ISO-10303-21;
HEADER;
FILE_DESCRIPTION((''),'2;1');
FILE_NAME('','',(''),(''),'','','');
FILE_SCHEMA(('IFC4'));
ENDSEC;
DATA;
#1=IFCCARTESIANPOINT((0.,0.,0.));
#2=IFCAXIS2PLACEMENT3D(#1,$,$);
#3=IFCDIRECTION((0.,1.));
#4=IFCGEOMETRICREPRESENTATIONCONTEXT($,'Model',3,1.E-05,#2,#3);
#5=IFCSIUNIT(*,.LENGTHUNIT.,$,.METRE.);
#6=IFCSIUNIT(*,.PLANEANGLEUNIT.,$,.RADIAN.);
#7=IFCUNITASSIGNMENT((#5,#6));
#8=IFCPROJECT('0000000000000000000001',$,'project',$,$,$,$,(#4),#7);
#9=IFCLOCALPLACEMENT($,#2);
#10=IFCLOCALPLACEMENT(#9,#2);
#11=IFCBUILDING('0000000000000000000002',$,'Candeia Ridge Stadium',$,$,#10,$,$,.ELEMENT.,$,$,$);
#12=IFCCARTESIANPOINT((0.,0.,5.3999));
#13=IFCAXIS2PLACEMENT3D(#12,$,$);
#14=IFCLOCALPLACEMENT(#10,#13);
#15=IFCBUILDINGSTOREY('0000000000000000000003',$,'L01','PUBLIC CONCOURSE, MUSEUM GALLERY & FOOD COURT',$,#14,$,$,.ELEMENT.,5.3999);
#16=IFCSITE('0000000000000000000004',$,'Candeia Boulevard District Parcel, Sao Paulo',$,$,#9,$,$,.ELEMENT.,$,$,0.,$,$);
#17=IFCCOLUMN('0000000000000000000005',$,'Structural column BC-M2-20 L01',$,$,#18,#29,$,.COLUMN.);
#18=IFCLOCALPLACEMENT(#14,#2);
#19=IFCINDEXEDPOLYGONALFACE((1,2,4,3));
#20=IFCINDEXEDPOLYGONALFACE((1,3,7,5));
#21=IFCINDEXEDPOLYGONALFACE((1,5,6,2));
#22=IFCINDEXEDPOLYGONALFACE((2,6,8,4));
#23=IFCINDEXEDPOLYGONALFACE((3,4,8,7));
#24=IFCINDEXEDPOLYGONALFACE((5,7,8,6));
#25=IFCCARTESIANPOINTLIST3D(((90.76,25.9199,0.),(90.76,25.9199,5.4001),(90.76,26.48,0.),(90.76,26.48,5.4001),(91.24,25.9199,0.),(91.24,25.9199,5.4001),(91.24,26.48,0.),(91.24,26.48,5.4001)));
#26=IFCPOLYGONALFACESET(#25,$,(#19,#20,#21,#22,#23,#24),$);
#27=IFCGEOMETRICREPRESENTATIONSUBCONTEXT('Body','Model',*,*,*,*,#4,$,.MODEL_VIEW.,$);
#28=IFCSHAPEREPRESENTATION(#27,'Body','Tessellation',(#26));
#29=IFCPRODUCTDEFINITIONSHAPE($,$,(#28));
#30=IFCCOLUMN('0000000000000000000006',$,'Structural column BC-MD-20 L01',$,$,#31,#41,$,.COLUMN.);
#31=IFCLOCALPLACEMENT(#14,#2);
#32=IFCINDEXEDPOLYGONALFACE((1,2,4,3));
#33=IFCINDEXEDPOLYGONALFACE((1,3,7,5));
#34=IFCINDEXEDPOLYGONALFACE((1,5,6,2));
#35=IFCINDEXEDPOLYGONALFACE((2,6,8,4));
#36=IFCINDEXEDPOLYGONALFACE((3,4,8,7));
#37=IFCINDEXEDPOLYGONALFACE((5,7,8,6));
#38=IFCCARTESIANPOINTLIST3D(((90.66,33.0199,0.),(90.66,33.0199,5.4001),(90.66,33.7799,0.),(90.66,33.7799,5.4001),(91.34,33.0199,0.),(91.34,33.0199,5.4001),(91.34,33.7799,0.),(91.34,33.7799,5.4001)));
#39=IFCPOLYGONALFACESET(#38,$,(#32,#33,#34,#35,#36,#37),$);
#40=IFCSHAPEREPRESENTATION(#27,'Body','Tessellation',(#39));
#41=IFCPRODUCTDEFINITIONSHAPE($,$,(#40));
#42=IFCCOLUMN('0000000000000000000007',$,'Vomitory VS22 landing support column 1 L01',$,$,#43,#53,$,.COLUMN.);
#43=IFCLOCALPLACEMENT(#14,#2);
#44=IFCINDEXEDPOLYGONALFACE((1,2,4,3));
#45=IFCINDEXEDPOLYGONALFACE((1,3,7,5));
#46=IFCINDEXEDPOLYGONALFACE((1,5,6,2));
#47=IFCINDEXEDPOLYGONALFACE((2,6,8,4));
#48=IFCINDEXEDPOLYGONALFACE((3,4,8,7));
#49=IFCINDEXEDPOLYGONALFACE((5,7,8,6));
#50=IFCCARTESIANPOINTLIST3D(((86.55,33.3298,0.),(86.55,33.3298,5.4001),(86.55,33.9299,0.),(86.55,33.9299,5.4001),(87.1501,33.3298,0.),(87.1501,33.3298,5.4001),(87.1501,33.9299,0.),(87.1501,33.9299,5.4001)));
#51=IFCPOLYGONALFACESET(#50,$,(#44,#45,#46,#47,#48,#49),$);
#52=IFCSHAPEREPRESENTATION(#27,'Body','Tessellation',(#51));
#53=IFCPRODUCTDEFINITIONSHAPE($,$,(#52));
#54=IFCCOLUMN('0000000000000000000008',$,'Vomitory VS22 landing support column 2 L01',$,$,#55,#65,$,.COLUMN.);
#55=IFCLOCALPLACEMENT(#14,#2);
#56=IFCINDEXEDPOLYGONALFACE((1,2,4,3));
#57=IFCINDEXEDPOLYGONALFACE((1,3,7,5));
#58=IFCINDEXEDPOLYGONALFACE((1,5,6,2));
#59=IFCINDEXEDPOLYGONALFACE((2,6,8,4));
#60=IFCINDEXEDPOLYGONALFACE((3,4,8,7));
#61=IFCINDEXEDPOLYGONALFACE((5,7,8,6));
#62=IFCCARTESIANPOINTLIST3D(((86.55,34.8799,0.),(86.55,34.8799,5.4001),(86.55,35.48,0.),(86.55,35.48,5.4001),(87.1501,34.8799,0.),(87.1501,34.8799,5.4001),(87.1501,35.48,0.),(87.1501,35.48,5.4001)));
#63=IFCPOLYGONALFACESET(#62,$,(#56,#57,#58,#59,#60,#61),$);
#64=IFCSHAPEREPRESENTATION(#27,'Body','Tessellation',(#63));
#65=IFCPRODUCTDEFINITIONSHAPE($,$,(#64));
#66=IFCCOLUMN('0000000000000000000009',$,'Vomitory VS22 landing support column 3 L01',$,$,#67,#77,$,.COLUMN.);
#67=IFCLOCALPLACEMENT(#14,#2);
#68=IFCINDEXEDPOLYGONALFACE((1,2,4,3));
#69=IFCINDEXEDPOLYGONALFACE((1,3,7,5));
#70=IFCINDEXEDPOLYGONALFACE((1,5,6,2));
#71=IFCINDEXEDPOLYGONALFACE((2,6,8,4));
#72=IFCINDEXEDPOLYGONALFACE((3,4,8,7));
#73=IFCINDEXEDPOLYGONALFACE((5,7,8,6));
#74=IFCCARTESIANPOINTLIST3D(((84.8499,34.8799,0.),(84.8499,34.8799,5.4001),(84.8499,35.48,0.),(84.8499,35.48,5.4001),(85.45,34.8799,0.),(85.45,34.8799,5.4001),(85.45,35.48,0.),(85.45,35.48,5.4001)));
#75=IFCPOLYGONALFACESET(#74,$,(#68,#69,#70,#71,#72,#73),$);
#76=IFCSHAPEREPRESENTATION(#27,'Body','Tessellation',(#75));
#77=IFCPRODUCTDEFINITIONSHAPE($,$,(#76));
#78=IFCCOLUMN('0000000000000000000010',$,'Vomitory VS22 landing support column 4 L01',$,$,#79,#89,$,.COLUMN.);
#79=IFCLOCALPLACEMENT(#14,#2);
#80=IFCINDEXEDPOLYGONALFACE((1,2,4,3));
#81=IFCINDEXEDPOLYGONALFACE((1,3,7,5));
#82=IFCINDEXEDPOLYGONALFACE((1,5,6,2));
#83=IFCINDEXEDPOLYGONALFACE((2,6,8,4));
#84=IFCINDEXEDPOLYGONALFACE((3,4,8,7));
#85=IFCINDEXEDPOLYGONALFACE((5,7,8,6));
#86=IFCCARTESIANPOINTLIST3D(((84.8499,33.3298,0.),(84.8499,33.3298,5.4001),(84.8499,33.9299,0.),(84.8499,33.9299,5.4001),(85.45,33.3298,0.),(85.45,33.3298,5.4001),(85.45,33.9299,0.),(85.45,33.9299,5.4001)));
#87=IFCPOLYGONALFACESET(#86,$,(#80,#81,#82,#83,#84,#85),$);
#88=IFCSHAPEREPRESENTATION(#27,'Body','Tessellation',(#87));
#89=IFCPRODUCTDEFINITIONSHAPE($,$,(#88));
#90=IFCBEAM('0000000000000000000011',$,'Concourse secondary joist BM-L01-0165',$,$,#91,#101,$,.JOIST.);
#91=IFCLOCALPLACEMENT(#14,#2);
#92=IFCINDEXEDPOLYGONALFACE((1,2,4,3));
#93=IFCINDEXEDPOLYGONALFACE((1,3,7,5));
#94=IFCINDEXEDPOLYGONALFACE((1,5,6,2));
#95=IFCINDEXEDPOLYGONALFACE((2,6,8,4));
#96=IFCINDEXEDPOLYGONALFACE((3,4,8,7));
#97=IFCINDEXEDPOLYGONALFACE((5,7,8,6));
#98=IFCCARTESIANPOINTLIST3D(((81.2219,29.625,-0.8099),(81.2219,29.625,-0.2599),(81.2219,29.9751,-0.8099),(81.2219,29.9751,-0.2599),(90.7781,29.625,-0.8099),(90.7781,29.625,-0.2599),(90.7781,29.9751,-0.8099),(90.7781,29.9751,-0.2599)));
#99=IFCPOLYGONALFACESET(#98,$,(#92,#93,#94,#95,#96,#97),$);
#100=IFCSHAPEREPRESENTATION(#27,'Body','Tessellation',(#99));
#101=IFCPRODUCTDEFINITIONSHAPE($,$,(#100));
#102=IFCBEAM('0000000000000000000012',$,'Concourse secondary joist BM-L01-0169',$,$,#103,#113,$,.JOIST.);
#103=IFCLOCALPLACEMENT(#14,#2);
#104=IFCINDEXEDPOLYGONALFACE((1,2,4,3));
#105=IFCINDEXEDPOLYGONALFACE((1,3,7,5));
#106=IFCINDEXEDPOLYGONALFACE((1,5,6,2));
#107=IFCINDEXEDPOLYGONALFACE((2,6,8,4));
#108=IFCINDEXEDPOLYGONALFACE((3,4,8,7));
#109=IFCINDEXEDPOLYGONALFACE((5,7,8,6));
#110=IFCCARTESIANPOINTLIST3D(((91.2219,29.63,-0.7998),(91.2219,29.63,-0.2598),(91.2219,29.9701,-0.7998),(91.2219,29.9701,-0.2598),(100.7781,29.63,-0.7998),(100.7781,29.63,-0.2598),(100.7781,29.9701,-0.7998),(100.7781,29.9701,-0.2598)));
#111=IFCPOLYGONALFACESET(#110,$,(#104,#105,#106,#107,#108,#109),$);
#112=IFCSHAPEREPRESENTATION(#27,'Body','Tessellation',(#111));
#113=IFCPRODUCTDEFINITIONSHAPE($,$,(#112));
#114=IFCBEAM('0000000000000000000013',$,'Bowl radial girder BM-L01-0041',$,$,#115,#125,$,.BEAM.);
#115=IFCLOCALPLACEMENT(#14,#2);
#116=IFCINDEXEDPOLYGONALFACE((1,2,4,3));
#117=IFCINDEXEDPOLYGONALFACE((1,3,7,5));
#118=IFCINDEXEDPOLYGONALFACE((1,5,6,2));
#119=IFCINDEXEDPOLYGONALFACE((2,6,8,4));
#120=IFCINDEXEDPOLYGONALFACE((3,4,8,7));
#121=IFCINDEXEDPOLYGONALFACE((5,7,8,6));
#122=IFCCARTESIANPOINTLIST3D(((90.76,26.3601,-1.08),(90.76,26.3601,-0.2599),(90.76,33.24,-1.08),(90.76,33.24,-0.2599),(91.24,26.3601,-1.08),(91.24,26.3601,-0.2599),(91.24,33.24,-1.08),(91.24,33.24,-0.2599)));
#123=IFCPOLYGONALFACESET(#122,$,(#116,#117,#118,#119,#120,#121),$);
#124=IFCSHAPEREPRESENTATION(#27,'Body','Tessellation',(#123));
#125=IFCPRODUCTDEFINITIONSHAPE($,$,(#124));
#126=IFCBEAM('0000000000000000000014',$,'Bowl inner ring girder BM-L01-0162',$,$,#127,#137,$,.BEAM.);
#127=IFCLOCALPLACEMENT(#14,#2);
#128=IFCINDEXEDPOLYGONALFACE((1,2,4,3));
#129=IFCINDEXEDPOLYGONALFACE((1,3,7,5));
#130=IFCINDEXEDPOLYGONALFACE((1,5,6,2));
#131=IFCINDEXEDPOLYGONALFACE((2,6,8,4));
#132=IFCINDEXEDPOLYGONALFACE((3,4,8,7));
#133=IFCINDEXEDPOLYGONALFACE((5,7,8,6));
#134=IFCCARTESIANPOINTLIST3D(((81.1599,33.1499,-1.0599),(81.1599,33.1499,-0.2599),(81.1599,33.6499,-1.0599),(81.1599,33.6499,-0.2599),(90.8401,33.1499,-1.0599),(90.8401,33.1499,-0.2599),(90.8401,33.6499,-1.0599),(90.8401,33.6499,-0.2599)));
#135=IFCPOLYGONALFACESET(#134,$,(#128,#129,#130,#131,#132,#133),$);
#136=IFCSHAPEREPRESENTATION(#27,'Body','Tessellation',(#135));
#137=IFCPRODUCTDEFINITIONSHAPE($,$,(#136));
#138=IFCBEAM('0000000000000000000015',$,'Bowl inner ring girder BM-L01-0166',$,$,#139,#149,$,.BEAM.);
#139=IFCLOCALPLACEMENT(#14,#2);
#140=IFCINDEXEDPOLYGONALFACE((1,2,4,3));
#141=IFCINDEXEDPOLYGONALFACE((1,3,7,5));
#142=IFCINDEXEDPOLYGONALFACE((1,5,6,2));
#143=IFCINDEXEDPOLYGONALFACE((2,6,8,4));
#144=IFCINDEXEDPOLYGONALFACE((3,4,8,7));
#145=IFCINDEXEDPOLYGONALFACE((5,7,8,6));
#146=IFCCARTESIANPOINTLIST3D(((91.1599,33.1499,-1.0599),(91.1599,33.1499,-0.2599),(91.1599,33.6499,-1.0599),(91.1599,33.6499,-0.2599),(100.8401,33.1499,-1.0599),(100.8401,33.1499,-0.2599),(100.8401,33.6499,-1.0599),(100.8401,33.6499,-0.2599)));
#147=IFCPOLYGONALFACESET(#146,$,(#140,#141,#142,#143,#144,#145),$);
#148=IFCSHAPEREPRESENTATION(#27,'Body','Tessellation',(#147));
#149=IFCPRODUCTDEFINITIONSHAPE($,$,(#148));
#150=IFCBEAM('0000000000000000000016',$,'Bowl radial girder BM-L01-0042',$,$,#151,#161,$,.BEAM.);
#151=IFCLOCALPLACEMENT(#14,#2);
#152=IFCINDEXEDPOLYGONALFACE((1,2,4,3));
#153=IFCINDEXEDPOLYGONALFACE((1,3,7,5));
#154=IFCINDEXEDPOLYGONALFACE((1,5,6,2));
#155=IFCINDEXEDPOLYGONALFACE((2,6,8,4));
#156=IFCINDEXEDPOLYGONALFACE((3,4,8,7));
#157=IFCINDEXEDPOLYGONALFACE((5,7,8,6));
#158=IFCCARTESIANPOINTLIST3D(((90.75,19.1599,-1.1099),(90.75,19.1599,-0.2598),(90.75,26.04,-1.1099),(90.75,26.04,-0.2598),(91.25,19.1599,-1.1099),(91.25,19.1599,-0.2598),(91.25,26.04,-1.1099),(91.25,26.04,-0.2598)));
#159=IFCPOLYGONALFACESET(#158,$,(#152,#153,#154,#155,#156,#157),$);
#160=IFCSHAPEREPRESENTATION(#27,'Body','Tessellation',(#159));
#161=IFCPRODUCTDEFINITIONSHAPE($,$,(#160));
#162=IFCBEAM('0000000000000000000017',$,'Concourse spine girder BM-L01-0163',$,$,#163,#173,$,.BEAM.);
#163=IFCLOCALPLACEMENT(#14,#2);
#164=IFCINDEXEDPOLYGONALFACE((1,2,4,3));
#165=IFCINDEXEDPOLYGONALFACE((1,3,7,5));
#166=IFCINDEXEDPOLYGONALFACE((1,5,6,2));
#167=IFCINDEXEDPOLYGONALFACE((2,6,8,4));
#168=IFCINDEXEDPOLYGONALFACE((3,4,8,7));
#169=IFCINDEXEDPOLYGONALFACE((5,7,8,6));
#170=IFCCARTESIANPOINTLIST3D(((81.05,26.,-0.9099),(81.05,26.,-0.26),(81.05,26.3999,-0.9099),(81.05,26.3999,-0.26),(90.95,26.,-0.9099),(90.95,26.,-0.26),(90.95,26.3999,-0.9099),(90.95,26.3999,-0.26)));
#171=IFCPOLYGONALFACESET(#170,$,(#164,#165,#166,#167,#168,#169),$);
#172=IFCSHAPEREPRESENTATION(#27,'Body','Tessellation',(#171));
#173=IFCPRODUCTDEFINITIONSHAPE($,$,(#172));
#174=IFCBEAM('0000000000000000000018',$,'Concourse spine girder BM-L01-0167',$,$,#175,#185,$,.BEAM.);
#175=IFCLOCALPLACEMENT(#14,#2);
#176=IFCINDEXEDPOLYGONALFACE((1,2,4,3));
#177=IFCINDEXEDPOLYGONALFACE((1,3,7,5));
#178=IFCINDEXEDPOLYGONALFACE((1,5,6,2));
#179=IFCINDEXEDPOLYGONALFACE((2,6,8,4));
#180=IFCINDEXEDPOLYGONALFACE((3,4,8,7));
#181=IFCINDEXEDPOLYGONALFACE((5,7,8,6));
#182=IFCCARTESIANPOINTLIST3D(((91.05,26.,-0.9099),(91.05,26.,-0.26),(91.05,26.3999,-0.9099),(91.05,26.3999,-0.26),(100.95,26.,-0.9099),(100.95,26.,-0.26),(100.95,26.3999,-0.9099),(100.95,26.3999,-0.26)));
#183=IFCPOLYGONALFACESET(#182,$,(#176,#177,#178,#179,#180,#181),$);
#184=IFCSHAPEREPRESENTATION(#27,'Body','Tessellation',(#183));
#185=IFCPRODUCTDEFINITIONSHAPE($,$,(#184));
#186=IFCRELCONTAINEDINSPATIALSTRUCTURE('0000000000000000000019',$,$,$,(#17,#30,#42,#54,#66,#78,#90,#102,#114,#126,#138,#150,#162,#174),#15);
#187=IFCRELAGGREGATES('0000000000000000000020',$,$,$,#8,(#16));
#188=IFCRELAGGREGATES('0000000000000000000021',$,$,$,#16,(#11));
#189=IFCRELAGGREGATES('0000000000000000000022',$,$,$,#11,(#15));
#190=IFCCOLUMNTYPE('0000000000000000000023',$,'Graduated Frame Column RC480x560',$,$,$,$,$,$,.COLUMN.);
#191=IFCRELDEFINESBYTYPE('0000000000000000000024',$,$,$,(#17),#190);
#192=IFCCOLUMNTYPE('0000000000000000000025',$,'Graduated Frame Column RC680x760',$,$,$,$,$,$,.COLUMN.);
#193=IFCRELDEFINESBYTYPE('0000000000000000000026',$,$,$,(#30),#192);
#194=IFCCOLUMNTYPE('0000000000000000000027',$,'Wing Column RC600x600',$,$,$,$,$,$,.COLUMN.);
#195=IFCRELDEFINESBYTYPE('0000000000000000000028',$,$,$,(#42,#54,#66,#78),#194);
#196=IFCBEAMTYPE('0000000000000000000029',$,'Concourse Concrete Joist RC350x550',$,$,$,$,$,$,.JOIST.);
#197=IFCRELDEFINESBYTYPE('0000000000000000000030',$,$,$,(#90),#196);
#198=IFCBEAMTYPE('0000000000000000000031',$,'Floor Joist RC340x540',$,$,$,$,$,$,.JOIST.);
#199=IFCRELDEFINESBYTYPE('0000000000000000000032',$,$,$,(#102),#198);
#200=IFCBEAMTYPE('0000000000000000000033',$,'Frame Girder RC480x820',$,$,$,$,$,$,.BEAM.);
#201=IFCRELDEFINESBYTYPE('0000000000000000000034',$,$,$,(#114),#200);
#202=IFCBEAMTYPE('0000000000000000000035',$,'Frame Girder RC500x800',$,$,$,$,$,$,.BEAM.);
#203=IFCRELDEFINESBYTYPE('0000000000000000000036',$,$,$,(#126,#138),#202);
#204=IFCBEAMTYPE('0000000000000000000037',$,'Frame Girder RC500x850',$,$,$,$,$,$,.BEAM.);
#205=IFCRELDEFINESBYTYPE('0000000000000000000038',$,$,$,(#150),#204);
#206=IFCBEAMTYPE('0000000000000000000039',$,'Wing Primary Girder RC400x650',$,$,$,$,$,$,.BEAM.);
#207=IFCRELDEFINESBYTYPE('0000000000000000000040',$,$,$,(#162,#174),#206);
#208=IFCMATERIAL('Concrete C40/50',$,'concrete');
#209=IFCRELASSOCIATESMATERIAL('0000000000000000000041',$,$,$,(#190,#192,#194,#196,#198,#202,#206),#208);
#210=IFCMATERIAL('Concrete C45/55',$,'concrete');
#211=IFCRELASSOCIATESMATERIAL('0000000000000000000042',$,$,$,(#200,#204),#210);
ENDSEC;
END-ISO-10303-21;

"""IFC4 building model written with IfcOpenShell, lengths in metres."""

from ifc_helpers import new_model, si_unit, direction, frame, origin, origin_2d, place, context, subcontext, project, spatial, rectangle, extrude, material, material_profile, profile_set, type_object, element, save


model = new_model("IFC4")

# Units and contexts
model_context = context("Model", 3, precision=1e-05, world=origin(), true_north=direction((0.0, 1.0)))
body_context = subcontext(model_context, "Body", "Model", "MODEL_VIEW")
ifc_project = project(units=[si_unit("LENGTHUNIT", "METRE"), si_unit("PLANEANGLEUNIT", "RADIAN")], contexts=[model_context])

# Site, building, storey
site_placement = place(None, origin())
site = spatial("IfcSite", under=ifc_project, at=site_placement, Name="Candeia Boulevard District Parcel, Sao Paulo", CompositionType="ELEMENT", RefElevation=0.0)
building_placement = place(site_placement, origin())
building = spatial("IfcBuilding", under=site, at=building_placement, Name="Candeia Ridge Stadium", CompositionType="ELEMENT")
storey_placement = place(building_placement, frame((0.0, 0.0, 5.3999)))
storey = spatial("IfcBuildingStorey", under=building, at=storey_placement, Name="L01", Description="PUBLIC CONCOURSE, MUSEUM GALLERY & FOOD COURT", CompositionType="ELEMENT", Elevation=5.3999)

# Columns
ifc_material_1 = material(Name="Concrete C40/50", Category="concrete")
ifc_material_profile_1 = material_profile(ifc_material_1, rectangle(XDim=0.48, YDim=0.5601, at=origin_2d()), Name="RC480x560", Category="concrete")
ifc_profile_set_1 = profile_set([ifc_material_profile_1], Name="Concrete C40/50")
column_type_1 = type_object("IfcColumnType", Name="Graduated Frame Column RC480x560", PredefinedType="COLUMN", material=ifc_profile_set_1)
column_1_placement = place(storey_placement, frame((91.0, 26.2, 0.0), z_axis=(0.0, 0.0, 1.0), x_axis=(1.0, 0.0, 0.0)))
element("IfcColumn", 1, at=column_1_placement, inside=storey, type_object=column_type_1, Name="Structural column BC-M2-20 L01", PredefinedType="COLUMN", context=body_context, shape_type="SweptSolid", body=[
    extrude(rectangle(XDim=0.48, YDim=0.5601, at=origin_2d()), origin(), (0.0, 0.0, 1.0), 5.4001),
])
ifc_material_profile_2 = material_profile(ifc_material_1, rectangle(XDim=0.6799, YDim=0.76, at=origin_2d()), Name="RC680x760", Category="concrete")
ifc_profile_set_2 = profile_set([ifc_material_profile_2], Name="Concrete C40/50")
column_type_2 = type_object("IfcColumnType", Name="Graduated Frame Column RC680x760", PredefinedType="COLUMN", material=ifc_profile_set_2)
column_2_placement = place(storey_placement, frame((91.0, 33.3999, 0.0), z_axis=(0.0, 0.0, 1.0), x_axis=(1.0, 0.0, 0.0)))
element("IfcColumn", 2, at=column_2_placement, inside=storey, type_object=column_type_2, Name="Structural column BC-MD-20 L01", PredefinedType="COLUMN", context=body_context, shape_type="SweptSolid", body=[
    extrude(rectangle(XDim=0.6799, YDim=0.76, at=origin_2d()), origin(), (0.0, 0.0, 1.0), 5.4001),
])
ifc_material_profile_3 = material_profile(ifc_material_1, rectangle(XDim=0.6001, YDim=0.6001, at=origin_2d()), Name="RC600x600", Category="concrete")
ifc_profile_set_3 = profile_set([ifc_material_profile_3], Name="Concrete C40/50")
column_type_3 = type_object("IfcColumnType", Name="Wing Column RC600x600", PredefinedType="COLUMN", material=ifc_profile_set_3)
for number, where, z_axis, x_axis, name in (
    (3, (86.8501, 33.6299, 0.0), (0.0, 0.0, 1.0), (1.0, 0.0, 0.0), "Vomitory VS22 landing support column 1 L01"),
    (4, (86.8501, 35.1799, 0.0), (0.0, 0.0, 1.0), (1.0, 0.0, 0.0), "Vomitory VS22 landing support column 2 L01"),
    (5, (85.1499, 35.1799, 0.0), (0.0, 0.0, 1.0), (1.0, 0.0, 0.0), "Vomitory VS22 landing support column 3 L01"),
    (6, (85.1499, 33.6299, 0.0), (0.0, 0.0, 1.0), (1.0, 0.0, 0.0), "Vomitory VS22 landing support column 4 L01"),
):
    element("IfcColumn", number, at=place(storey_placement, frame(where, z_axis=z_axis, x_axis=x_axis)), inside=storey, type_object=column_type_3, Name=name, PredefinedType="COLUMN", context=body_context, shape_type="SweptSolid", body=[
        extrude(rectangle(XDim=0.6001, YDim=0.6001, at=origin_2d()), origin(), (0.0, 0.0, 1.0), 5.4001),
    ])

# Beams
ifc_material_profile_4 = material_profile(ifc_material_1, rectangle(XDim=0.3501, YDim=0.55, at=origin_2d()), Name="RC350x550", Category="concrete")
ifc_profile_set_4 = profile_set([ifc_material_profile_4], Name="Concrete C40/50")
beam_type_1 = type_object("IfcBeamType", Name="Concourse Concrete Joist RC350x550", PredefinedType="JOIST", material=ifc_profile_set_4)
beam_1_placement = place(storey_placement, frame((81.2219, 29.8, -0.5349), z_axis=(1.0, 0.0, 0.0), x_axis=(0.0, 1.0, 0.0)))
element("IfcBeam", 7, at=beam_1_placement, inside=storey, type_object=beam_type_1, Name="Concourse secondary joist BM-L01-0165", PredefinedType="JOIST", context=body_context, shape_type="SweptSolid", body=[
    extrude(rectangle(XDim=0.3501, YDim=0.55, at=origin_2d()), origin(), (0.0, 0.0, 1.0), 9.5562),
])
ifc_material_profile_5 = material_profile(ifc_material_1, rectangle(XDim=0.3401, YDim=0.54, at=origin_2d()), Name="RC340x540", Category="concrete")
ifc_profile_set_5 = profile_set([ifc_material_profile_5], Name="Concrete C40/50")
beam_type_2 = type_object("IfcBeamType", Name="Floor Joist RC340x540", PredefinedType="JOIST", material=ifc_profile_set_5)
beam_2_placement = place(storey_placement, frame((91.2219, 29.8, -0.5298), z_axis=(1.0, 0.0, 0.0), x_axis=(0.0, 1.0, 0.0)))
element("IfcBeam", 8, at=beam_2_placement, inside=storey, type_object=beam_type_2, Name="Concourse secondary joist BM-L01-0169", PredefinedType="JOIST", context=body_context, shape_type="SweptSolid", body=[
    extrude(rectangle(XDim=0.3401, YDim=0.54, at=origin_2d()), origin(), (0.0, 0.0, 1.0), 9.5562),
])
ifc_material_2 = material(Name="Concrete C45/55", Category="concrete")
ifc_material_profile_6 = material_profile(ifc_material_2, rectangle(XDim=0.48, YDim=0.8201, at=origin_2d()), Name="RC480x820", Category="concrete")
ifc_profile_set_6 = profile_set([ifc_material_profile_6], Name="Concrete C45/55")
beam_type_3 = type_object("IfcBeamType", Name="Frame Girder RC480x820", PredefinedType="BEAM", material=ifc_profile_set_6)
beam_3_placement = place(storey_placement, frame((91.0, 33.24, -0.6699), z_axis=(0.0, -1.0, 0.0), x_axis=(1.0, 0.0, 0.0)))
element("IfcBeam", 9, at=beam_3_placement, inside=storey, type_object=beam_type_3, Name="Bowl radial girder BM-L01-0041", PredefinedType="BEAM", context=body_context, shape_type="SweptSolid", body=[
    extrude(rectangle(XDim=0.48, YDim=0.8201, at=origin_2d()), origin(), (0.0, 0.0, 1.0), 6.8799),
])
ifc_material_profile_7 = material_profile(ifc_material_1, rectangle(XDim=0.5, YDim=0.8, at=origin_2d()), Name="RC500x800", Category="concrete")
ifc_profile_set_7 = profile_set([ifc_material_profile_7], Name="Concrete C40/50")
beam_type_4 = type_object("IfcBeamType", Name="Frame Girder RC500x800", PredefinedType="BEAM", material=ifc_profile_set_7)
for number, where, z_axis, x_axis, name in (
    (10, (81.1599, 33.3999, -0.6599), (1.0, 0.0, 0.0), (0.0, 1.0, 0.0), "Bowl inner ring girder BM-L01-0162"),
    (11, (91.1599, 33.3999, -0.6599), (1.0, 0.0, 0.0), (0.0, 1.0, 0.0), "Bowl inner ring girder BM-L01-0166"),
):
    element("IfcBeam", number, at=place(storey_placement, frame(where, z_axis=z_axis, x_axis=x_axis)), inside=storey, type_object=beam_type_4, Name=name, PredefinedType="BEAM", context=body_context, shape_type="SweptSolid", body=[
        extrude(rectangle(XDim=0.5, YDim=0.8, at=origin_2d()), origin(), (0.0, 0.0, 1.0), 9.6802),
    ])
ifc_material_profile_8 = material_profile(ifc_material_2, rectangle(XDim=0.5, YDim=0.8501, at=origin_2d()), Name="RC500x850", Category="concrete")
ifc_profile_set_8 = profile_set([ifc_material_profile_8], Name="Concrete C45/55")
beam_type_5 = type_object("IfcBeamType", Name="Frame Girder RC500x850", PredefinedType="BEAM", material=ifc_profile_set_8)
beam_4_placement = place(storey_placement, frame((91.0, 26.04, -0.6848), z_axis=(0.0, -1.0, 0.0), x_axis=(1.0, 0.0, 0.0)))
element("IfcBeam", 12, at=beam_4_placement, inside=storey, type_object=beam_type_5, Name="Bowl radial girder BM-L01-0042", PredefinedType="BEAM", context=body_context, shape_type="SweptSolid", body=[
    extrude(rectangle(XDim=0.5, YDim=0.8501, at=origin_2d()), origin(), (0.0, 0.0, 1.0), 6.8801),
])
ifc_material_profile_9 = material_profile(ifc_material_1, rectangle(XDim=0.3999, YDim=0.6499, at=origin_2d()), Name="RC400x650", Category="concrete")
ifc_profile_set_9 = profile_set([ifc_material_profile_9], Name="Concrete C40/50")
beam_type_6 = type_object("IfcBeamType", Name="Wing Primary Girder RC400x650", PredefinedType="BEAM", material=ifc_profile_set_9)
for number, where, z_axis, x_axis, name in (
    (13, (81.05, 26.2, -0.585), (1.0, 0.0, 0.0), (0.0, 1.0, 0.0), "Concourse spine girder BM-L01-0163"),
    (14, (91.05, 26.2, -0.585), (1.0, 0.0, 0.0), (0.0, 1.0, 0.0), "Concourse spine girder BM-L01-0167"),
):
    element("IfcBeam", number, at=place(storey_placement, frame(where, z_axis=z_axis, x_axis=x_axis)), inside=storey, type_object=beam_type_6, Name=name, PredefinedType="BEAM", context=body_context, shape_type="SweptSolid", body=[
        extrude(rectangle(XDim=0.3999, YDim=0.6499, at=origin_2d()), origin(), (0.0, 0.0, 1.0), 9.8999),
    ])

save(model, "model.ifc")
